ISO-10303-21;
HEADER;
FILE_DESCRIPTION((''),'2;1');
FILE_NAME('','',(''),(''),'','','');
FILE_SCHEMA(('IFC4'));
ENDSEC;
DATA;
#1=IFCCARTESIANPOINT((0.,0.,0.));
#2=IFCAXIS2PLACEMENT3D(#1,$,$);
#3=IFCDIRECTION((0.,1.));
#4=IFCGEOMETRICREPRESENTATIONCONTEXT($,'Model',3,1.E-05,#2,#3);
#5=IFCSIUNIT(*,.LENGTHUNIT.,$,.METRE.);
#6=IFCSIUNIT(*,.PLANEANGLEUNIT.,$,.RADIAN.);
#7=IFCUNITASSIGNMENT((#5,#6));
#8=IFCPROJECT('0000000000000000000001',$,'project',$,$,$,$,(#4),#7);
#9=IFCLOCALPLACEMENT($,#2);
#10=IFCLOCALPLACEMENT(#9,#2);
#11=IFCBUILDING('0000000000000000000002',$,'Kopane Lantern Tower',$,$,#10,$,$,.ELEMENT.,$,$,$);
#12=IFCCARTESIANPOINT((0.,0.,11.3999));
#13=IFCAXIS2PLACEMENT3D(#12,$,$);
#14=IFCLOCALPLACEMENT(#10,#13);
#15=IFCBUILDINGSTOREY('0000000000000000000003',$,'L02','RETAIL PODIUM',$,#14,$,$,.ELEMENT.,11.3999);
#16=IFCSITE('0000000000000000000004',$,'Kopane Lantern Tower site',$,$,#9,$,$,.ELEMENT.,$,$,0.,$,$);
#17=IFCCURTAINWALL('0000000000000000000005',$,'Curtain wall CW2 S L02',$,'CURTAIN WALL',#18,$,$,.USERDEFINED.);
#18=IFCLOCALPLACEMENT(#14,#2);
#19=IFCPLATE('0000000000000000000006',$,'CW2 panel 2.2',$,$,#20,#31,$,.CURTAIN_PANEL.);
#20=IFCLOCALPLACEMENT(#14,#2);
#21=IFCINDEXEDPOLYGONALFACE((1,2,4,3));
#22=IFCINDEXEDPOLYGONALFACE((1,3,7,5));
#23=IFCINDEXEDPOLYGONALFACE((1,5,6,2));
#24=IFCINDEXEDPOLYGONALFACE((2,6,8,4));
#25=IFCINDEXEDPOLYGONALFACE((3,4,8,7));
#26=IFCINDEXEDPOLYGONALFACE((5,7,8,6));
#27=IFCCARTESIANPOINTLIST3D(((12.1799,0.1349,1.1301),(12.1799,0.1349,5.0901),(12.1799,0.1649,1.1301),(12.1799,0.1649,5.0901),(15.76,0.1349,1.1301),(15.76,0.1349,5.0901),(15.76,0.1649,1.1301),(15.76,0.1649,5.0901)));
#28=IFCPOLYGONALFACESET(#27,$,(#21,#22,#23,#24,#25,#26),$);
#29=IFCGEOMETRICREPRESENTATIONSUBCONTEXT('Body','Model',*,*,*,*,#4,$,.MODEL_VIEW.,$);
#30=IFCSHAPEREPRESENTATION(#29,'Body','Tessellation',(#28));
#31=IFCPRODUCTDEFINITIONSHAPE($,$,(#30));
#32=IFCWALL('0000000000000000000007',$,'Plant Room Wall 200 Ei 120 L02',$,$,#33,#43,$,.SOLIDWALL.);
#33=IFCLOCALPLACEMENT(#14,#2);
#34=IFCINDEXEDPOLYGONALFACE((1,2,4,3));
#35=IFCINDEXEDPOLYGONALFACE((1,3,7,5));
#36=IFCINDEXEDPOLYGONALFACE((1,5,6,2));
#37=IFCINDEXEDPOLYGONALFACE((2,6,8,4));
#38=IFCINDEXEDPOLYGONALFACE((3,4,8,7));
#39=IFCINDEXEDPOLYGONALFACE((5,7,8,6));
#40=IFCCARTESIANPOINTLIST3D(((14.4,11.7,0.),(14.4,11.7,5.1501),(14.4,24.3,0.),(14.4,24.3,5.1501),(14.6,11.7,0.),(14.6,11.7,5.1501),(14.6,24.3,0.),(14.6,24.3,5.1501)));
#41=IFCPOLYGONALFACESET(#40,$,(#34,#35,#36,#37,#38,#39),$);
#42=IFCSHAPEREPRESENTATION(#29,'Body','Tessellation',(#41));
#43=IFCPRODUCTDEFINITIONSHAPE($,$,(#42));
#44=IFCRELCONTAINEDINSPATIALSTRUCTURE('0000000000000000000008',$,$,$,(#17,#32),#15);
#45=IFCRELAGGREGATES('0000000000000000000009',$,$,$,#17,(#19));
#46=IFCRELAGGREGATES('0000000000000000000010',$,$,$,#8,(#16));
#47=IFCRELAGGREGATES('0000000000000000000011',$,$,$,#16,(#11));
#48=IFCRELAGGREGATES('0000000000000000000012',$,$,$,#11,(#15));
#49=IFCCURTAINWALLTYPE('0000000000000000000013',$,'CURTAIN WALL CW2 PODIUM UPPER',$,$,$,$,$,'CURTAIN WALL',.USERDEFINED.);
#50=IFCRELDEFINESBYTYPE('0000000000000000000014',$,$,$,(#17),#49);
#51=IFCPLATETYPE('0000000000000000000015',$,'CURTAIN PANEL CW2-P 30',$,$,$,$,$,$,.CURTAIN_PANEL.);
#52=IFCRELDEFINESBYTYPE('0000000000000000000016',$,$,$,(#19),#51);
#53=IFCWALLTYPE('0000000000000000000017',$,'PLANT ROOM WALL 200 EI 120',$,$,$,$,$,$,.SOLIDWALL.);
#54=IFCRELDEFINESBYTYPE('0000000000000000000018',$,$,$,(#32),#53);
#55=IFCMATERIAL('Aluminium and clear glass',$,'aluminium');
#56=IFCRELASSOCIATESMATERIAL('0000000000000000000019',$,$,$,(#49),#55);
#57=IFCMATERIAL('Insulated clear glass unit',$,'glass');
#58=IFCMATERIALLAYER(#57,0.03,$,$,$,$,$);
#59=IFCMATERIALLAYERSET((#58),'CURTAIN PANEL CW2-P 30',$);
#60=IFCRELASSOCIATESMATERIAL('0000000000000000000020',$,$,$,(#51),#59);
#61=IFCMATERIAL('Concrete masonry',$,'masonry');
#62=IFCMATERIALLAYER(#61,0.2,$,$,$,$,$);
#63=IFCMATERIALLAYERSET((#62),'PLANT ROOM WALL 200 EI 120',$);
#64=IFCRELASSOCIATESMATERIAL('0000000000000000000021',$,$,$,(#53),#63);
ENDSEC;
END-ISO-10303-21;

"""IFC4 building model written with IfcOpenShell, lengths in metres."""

from ifc_helpers import new_model, si_unit, direction, frame, frame_2d, origin, origin_2d, place, context, subcontext, project, spatial, rectangle, extrude, material, layer, layer_set, type_object, element, aggregate, save


model = new_model("IFC4")

# Units and contexts
model_context = context("Model", 3, precision=1e-05, world=origin(), true_north=direction((0.0, 1.0)))
body_context = subcontext(model_context, "Body", "Model", "MODEL_VIEW")
ifc_project = project(units=[si_unit("LENGTHUNIT", "METRE"), si_unit("PLANEANGLEUNIT", "RADIAN")], contexts=[model_context])

# Site, building, storey
site_placement = place(None, origin())
site = spatial("IfcSite", under=ifc_project, at=site_placement, Name="Kopane Lantern Tower site", CompositionType="ELEMENT", RefElevation=0.0)
building_placement = place(site_placement, origin())
building = spatial("IfcBuilding", under=site, at=building_placement, Name="Kopane Lantern Tower", CompositionType="ELEMENT")
storey_placement = place(building_placement, frame((0.0, 0.0, 11.3999)))
storey = spatial("IfcBuildingStorey", under=building, at=storey_placement, Name="L02", Description="RETAIL PODIUM", CompositionType="ELEMENT", Elevation=11.3999)

# Curtain wall
ifc_material_1 = material(Name="Aluminium and clear glass", Category="aluminium")
curtain_wall_type = type_object("IfcCurtainWallType", Name="CURTAIN WALL CW2 PODIUM UPPER", ElementType="CURTAIN WALL", PredefinedType="USERDEFINED", material=ifc_material_1)
curtain_wall_1_placement = place(storey_placement, origin())
curtain_wall_1 = element("IfcCurtainWall", 1, at=curtain_wall_1_placement, inside=storey, type_object=curtain_wall_type, Name="Curtain wall CW2 S L02", ObjectType="CURTAIN WALL", PredefinedType="USERDEFINED")

# Plate
ifc_material_2 = material(Name="Insulated clear glass unit", Category="glass")
ifc_layer_1 = layer(ifc_material_2, 0.03)
ifc_layer_set_1 = layer_set([ifc_layer_1], Name="CURTAIN PANEL CW2-P 30")
plate_type = type_object("IfcPlateType", Name="CURTAIN PANEL CW2-P 30", PredefinedType="CURTAIN_PANEL", material=ifc_layer_set_1)
plate_placement = place(storey_placement, frame((13.97, 0.1499, 1.1301), z_axis=(0.0, 0.0, 1.0), x_axis=(1.0, 0.0, 0.0)))
plate = element("IfcPlate", 2, at=plate_placement, type_object=plate_type, Name="CW2 panel 2.2", PredefinedType="CURTAIN_PANEL", context=body_context, shape_type="SweptSolid", body=[
    extrude(rectangle(XDim=3.5801, YDim=0.03, at=origin_2d()), origin(), (0.0, 0.0, 1.0), 3.96),
])
aggregate(curtain_wall_1, [plate])

# Wall
ifc_material_3 = material(Name="Concrete masonry", Category="masonry")
ifc_layer_2 = layer(ifc_material_3, 0.2)
ifc_layer_set_2 = layer_set([ifc_layer_2], Name="PLANT ROOM WALL 200 EI 120")
wall_type = type_object("IfcWallType", Name="PLANT ROOM WALL 200 EI 120", PredefinedType="SOLIDWALL", material=ifc_layer_set_2)
wall_placement = place(storey_placement, frame((14.5, 11.7, 0.0), z_axis=(0.0, 0.0, 1.0), x_axis=(0.0, 1.0, 0.0)))
element("IfcWall", 3, at=wall_placement, inside=storey, type_object=wall_type, Name="Plant Room Wall 200 Ei 120 L02", PredefinedType="SOLIDWALL", context=body_context, shape_type="SweptSolid", body=[
    extrude(rectangle(XDim=12.6001, YDim=0.2, at=frame_2d((6.3, 0.0))), origin(), (0.0, 0.0, 1.0), 5.1501),
])

save(model, "model.ifc")
